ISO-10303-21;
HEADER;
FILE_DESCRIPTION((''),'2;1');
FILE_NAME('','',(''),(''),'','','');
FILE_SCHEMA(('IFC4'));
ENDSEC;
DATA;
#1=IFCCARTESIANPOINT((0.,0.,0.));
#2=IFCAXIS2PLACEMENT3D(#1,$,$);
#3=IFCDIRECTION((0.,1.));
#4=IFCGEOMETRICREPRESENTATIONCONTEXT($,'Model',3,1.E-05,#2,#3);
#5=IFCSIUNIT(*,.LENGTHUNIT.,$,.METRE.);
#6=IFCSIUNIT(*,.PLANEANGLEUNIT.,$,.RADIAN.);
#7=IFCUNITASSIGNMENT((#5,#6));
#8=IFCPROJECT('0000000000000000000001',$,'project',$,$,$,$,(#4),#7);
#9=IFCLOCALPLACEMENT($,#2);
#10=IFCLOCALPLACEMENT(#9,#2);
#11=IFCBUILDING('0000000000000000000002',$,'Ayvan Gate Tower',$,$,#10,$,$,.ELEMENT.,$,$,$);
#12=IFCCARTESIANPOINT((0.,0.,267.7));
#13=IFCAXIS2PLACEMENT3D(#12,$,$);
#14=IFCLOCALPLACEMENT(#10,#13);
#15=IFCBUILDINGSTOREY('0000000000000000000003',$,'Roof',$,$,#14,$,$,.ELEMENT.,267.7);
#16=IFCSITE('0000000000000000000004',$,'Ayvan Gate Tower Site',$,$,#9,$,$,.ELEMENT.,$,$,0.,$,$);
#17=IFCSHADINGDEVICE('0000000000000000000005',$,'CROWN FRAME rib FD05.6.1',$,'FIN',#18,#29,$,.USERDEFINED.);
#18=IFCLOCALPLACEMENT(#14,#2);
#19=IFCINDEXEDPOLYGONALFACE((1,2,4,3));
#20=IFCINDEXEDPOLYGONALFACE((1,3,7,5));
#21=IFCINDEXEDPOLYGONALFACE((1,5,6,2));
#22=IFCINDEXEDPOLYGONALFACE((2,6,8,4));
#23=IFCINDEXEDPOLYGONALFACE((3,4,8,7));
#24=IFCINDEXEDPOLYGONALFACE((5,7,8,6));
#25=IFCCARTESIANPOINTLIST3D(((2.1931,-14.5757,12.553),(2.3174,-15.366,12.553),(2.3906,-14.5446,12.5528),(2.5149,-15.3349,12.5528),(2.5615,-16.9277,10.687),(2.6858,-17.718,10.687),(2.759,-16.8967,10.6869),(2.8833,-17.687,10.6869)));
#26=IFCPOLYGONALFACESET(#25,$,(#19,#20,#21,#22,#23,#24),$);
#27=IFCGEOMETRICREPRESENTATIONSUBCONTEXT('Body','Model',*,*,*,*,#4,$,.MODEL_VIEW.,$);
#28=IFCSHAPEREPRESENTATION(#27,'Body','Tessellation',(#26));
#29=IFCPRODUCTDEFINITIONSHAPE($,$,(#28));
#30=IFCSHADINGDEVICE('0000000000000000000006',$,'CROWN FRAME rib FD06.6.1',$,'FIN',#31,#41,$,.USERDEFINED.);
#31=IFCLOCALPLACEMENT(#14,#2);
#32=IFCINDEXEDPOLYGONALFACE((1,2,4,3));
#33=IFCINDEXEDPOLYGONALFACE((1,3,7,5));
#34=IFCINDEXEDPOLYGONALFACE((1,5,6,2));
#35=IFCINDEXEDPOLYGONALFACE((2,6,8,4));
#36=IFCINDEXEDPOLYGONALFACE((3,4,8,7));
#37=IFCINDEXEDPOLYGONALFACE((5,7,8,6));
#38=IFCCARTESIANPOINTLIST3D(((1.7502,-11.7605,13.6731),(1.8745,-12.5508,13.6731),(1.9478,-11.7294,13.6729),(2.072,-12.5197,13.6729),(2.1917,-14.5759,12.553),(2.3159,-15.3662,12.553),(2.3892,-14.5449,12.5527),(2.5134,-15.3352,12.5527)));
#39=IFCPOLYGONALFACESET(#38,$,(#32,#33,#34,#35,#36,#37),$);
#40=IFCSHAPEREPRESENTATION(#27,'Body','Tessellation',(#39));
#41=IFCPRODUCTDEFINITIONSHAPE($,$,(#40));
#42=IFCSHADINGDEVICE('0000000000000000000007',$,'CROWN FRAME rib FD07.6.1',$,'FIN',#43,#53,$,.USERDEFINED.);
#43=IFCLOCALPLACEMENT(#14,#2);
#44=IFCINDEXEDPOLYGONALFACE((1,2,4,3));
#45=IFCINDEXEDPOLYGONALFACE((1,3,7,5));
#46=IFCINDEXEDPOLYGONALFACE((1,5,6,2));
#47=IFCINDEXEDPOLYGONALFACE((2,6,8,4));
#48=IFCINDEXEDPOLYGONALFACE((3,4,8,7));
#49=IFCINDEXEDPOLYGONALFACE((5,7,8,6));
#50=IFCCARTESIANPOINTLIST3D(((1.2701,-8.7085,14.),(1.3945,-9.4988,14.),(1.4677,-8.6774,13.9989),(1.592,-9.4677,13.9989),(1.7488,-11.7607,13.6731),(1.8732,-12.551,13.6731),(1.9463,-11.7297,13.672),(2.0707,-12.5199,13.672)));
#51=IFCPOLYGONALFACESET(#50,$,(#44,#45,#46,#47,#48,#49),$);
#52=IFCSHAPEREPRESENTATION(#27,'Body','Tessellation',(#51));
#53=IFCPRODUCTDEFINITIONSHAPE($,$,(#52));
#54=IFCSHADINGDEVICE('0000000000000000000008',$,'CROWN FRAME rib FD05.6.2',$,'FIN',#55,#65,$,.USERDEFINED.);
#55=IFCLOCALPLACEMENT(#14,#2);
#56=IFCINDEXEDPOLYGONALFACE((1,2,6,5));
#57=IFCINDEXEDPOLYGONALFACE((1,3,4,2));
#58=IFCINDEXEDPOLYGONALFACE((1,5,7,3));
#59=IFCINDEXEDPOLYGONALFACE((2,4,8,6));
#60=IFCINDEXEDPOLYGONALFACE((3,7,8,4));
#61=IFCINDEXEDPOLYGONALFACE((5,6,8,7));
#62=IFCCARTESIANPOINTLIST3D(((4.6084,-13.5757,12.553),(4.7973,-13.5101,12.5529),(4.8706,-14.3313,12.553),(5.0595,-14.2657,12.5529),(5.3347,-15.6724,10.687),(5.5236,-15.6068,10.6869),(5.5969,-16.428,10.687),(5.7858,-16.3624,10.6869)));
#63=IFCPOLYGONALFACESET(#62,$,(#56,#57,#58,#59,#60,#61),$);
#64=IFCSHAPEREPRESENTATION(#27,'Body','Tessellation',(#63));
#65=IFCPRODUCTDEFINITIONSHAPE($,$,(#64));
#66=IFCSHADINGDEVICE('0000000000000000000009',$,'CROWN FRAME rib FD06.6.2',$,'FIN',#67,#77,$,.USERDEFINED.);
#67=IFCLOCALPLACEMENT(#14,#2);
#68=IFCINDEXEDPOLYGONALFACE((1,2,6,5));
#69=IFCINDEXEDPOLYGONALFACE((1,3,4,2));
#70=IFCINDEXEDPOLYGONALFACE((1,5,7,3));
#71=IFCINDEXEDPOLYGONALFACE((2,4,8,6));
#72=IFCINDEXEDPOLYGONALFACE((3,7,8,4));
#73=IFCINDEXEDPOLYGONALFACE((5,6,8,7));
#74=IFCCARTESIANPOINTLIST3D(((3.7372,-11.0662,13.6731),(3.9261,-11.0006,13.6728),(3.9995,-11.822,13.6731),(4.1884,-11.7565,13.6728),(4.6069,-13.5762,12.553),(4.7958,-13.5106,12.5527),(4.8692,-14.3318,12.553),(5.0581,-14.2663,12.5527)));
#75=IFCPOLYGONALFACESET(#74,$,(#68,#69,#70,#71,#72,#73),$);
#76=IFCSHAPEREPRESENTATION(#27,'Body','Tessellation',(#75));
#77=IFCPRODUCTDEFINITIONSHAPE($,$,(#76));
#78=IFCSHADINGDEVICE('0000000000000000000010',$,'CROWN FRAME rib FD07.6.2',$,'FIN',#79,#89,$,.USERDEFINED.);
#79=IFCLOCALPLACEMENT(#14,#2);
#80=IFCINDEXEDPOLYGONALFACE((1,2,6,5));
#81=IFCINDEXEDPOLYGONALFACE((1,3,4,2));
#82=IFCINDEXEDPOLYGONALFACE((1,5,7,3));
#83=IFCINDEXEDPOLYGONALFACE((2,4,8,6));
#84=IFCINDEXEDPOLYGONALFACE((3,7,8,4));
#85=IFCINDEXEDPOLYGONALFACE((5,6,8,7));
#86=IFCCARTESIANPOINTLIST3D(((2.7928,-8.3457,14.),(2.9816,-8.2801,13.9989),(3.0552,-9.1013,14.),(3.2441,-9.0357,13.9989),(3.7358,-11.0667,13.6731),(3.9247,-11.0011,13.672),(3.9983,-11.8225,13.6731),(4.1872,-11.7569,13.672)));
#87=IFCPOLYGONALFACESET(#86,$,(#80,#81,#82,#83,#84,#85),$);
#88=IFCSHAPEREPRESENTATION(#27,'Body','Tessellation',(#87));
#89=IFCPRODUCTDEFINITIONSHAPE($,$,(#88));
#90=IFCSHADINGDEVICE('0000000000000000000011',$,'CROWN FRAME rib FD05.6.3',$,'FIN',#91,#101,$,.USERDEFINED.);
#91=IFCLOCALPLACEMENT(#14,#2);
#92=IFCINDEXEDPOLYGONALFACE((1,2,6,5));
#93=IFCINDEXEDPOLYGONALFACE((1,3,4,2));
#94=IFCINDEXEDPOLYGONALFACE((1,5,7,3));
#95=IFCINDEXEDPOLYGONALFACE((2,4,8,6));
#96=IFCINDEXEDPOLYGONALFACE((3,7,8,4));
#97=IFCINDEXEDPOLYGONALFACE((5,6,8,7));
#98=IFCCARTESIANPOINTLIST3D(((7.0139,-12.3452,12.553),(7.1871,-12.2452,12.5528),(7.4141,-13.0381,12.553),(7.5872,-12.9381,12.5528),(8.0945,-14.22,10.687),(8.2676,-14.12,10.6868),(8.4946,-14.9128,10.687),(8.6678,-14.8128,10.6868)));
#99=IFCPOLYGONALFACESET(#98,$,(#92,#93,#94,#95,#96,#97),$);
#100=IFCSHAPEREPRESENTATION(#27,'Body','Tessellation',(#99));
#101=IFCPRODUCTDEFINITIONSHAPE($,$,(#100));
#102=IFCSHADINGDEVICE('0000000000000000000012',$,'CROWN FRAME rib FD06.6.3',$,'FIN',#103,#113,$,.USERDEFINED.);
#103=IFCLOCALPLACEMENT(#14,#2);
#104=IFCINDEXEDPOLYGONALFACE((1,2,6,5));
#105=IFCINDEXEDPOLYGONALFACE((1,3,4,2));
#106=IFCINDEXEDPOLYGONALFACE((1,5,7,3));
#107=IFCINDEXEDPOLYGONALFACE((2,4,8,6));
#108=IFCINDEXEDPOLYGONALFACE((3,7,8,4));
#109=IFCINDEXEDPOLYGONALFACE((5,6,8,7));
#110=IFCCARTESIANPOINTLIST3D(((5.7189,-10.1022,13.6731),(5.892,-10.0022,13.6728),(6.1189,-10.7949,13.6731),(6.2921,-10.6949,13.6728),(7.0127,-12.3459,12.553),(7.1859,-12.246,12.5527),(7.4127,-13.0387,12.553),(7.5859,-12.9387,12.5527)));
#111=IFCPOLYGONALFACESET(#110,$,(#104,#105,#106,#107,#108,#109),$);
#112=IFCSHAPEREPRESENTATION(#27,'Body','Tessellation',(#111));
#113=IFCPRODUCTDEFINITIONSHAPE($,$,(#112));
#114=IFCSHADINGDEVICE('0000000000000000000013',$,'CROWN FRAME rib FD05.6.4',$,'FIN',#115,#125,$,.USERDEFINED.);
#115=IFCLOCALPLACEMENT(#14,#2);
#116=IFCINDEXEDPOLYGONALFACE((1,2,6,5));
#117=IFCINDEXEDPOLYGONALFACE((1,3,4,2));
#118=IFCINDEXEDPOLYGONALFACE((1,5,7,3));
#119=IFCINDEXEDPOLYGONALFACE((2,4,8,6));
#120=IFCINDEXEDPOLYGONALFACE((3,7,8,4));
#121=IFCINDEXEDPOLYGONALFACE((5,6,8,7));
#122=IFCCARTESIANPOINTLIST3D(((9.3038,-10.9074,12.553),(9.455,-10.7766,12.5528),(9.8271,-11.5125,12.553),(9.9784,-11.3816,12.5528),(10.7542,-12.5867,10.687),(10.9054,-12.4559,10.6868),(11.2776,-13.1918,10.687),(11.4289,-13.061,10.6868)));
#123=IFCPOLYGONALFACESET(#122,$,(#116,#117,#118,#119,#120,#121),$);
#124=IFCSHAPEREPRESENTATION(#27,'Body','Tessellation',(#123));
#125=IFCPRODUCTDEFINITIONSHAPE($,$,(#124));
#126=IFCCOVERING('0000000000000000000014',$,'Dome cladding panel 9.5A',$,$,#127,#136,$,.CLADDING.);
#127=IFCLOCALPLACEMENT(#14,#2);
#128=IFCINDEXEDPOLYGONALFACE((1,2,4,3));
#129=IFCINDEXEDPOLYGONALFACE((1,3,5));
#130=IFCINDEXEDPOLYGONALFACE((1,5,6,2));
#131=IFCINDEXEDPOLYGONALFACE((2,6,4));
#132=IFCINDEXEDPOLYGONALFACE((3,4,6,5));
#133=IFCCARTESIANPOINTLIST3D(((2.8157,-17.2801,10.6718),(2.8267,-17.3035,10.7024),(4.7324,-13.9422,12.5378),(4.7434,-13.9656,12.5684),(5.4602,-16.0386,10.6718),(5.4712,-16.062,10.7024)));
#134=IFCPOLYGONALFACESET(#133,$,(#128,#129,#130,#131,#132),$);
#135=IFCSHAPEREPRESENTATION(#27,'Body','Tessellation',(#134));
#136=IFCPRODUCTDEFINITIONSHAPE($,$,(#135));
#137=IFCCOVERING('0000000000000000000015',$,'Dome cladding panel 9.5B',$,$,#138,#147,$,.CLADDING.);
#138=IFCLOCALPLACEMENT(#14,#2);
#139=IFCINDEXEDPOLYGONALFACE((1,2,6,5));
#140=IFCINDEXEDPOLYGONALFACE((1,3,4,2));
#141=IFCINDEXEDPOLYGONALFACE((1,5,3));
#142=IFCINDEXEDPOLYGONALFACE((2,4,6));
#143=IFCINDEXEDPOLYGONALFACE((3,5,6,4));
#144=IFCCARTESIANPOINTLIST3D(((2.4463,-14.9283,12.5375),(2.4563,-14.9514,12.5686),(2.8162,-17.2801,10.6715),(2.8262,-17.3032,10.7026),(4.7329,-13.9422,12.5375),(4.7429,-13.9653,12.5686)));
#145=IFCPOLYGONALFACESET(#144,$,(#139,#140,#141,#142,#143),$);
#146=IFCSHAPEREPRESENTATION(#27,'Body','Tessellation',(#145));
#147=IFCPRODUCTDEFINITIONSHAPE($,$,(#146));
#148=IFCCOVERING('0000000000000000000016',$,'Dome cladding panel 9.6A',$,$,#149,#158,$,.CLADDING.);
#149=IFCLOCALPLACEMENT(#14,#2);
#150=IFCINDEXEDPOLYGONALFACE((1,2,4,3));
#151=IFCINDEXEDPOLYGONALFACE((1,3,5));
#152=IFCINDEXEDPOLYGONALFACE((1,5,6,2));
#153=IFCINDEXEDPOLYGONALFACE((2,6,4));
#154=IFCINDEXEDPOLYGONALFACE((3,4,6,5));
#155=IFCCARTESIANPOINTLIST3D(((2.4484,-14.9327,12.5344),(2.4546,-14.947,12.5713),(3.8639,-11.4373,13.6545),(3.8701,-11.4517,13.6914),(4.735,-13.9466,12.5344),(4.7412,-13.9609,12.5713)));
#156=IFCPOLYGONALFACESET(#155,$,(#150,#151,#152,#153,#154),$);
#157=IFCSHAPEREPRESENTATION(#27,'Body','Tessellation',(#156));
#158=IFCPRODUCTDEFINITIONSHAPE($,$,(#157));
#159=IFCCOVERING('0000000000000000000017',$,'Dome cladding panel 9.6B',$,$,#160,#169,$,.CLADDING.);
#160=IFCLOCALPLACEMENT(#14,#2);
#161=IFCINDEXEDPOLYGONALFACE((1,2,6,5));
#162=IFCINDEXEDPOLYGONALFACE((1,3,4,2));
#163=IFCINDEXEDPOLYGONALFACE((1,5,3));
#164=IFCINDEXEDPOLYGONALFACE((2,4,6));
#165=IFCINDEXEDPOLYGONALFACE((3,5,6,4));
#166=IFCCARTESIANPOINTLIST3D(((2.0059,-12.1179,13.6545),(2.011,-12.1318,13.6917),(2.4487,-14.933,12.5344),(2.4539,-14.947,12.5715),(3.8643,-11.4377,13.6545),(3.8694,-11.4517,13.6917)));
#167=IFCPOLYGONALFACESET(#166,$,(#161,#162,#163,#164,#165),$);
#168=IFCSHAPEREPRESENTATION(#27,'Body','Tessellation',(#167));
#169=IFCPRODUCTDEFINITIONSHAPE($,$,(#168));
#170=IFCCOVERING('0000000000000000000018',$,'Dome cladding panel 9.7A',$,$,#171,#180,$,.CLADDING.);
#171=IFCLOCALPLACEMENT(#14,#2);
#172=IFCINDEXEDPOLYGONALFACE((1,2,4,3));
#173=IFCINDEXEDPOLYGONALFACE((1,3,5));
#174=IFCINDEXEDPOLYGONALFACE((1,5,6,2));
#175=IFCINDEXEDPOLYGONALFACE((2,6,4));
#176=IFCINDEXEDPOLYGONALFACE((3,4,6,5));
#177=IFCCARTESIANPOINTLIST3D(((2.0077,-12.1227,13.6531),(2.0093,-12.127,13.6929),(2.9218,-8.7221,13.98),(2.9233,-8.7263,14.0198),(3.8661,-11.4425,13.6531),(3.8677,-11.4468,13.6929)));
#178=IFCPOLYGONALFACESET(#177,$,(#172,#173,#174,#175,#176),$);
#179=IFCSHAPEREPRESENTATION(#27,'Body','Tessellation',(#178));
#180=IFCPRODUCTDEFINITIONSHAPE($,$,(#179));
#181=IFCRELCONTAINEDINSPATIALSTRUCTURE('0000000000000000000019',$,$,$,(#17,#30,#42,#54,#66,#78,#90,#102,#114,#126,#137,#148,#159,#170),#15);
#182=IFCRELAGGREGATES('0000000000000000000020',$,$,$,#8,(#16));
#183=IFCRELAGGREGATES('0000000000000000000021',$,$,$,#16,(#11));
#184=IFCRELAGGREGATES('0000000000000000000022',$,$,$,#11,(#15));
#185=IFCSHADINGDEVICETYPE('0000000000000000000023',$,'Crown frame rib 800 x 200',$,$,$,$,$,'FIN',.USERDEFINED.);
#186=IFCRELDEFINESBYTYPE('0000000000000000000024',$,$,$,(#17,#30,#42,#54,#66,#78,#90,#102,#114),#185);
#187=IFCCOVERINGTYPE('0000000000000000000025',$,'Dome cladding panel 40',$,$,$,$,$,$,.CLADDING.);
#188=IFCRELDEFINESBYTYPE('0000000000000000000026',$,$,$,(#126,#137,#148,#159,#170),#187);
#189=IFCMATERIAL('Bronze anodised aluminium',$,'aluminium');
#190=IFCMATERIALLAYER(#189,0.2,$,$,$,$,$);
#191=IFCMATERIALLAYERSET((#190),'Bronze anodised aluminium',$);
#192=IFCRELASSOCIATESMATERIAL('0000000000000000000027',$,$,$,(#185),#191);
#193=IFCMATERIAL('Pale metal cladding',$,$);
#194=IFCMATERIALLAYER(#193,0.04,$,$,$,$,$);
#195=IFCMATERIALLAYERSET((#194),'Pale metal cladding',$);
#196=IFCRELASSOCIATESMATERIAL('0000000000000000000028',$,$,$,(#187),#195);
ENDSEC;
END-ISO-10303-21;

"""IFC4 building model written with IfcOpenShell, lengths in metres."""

from ifc_helpers import new_model, si_unit, direction, frame, origin, place, context, subcontext, project, spatial, polyline, outline, extrude, material, layer, layer_set, type_object, element, save


model = new_model("IFC4")

# Units and contexts
model_context = context("Model", 3, precision=1e-05, world=origin(), true_north=direction((0.0, 1.0)))
body_context = subcontext(model_context, "Body", "Model", "MODEL_VIEW")
ifc_project = project(units=[si_unit("LENGTHUNIT", "METRE"), si_unit("PLANEANGLEUNIT", "RADIAN")], contexts=[model_context])

# Site, building, storey
site_placement = place(None, origin())
site = spatial("IfcSite", under=ifc_project, at=site_placement, Name="Ayvan Gate Tower Site", CompositionType="ELEMENT", RefElevation=0.0)
building_placement = place(site_placement, origin())
building = spatial("IfcBuilding", under=site, at=building_placement, Name="Ayvan Gate Tower", CompositionType="ELEMENT")
storey_placement = place(building_placement, frame((0.0, 0.0, 267.7)))
storey = spatial("IfcBuildingStorey", under=building, at=storey_placement, Name="Roof", CompositionType="ELEMENT", Elevation=267.7)

# Shading devices
ifc_material_1 = material(Name="Bronze anodised aluminium", Category="aluminium")
ifc_layer_1 = layer(ifc_material_1, 0.2)
ifc_layer_set_1 = layer_set([ifc_layer_1], Name="Bronze anodised aluminium")
shading_device_type = type_object("IfcShadingDeviceType", Name="Crown frame rib 800 x 200", ElementType="FIN", PredefinedType="USERDEFINED", material=ifc_layer_set_1)
shading_device_1_placement = place(storey_placement, frame((2.5615, -16.9277, 10.687), z_axis=(-0.987861, -0.155336, 0.000762), x_axis=(0.155336, -0.987862, 0.0)))
element("IfcShadingDevice", 1, at=shading_device_1_placement, inside=storey, type_object=shading_device_type, Name="CROWN FRAME rib FD05.6.1", ObjectType="FIN", PredefinedType="USERDEFINED", context=body_context, shape_type="SweptSolid", body=[
    extrude(outline(polyline([(0.0, 0.0), (0.8, 0.0), (-1.5807, 1.866), (-2.3807, 1.866), (0.0, 0.0)])), origin(), (0.0, 0.0, -1.0), 0.2),
])
shading_device_2_placement = place(storey_placement, frame((2.1917, -14.5759, 12.553), z_axis=(-0.987861, -0.155336, 0.00115), x_axis=(0.155336, -0.987862, 0.0)))
element("IfcShadingDevice", 2, at=shading_device_2_placement, inside=storey, type_object=shading_device_type, Name="CROWN FRAME rib FD06.6.1", ObjectType="FIN", PredefinedType="USERDEFINED", context=body_context, shape_type="SweptSolid", body=[
    extrude(outline(polyline([(0.0, 0.0), (0.8, 0.0), (-2.0498, 1.1201), (-2.8498, 1.1201), (0.0, 0.0)])), origin(), (0.0, 0.0, -1.0), 0.2),
])
shading_device_3_placement = place(storey_placement, frame((1.7488, -11.7607, 13.6731), z_axis=(-0.987824, -0.155482, 0.005386), x_axis=(0.155485, -0.987838, -0.000001)))
element("IfcShadingDevice", 3, at=shading_device_3_placement, inside=storey, type_object=shading_device_type, Name="CROWN FRAME rib FD07.6.1", ObjectType="FIN", PredefinedType="USERDEFINED", context=body_context, shape_type="SweptSolid", body=[
    extrude(outline(polyline([(0.0, 0.0), (0.8, 0.0), (-2.2895, 0.3269), (-3.0896, 0.3269), (0.0, 0.0)])), origin(), (0.0, 0.0, -1.0), 0.2),
])
shading_device_4_placement = place(storey_placement, frame((5.3347, -15.6724, 10.687), z_axis=(-0.944735, -0.327834, 0.000634), x_axis=(0.327834, -0.944735, 0.0)))
element("IfcShadingDevice", 4, at=shading_device_4_placement, inside=storey, type_object=shading_device_type, Name="CROWN FRAME rib FD05.6.2", ObjectType="FIN", PredefinedType="USERDEFINED", context=body_context, shape_type="SweptSolid", body=[
    extrude(outline(polyline([(0.0, 0.0), (0.7998, 0.0), (-1.4191, 1.866), (-2.2189, 1.866), (0.0, 0.0)])), origin(), (0.0, 0.0, -1.0), 0.2),
])
shading_device_5_placement = place(storey_placement, frame((4.6069, -13.5762, 12.553), z_axis=(-0.944704, -0.327923, 0.001242), x_axis=(0.327923, -0.944705, 0.0)))
element("IfcShadingDevice", 5, at=shading_device_5_placement, inside=storey, type_object=shading_device_type, Name="CROWN FRAME rib FD06.6.2", ObjectType="FIN", PredefinedType="USERDEFINED", context=body_context, shape_type="SweptSolid", body=[
    extrude(outline(polyline([(0.0, 0.0), (0.7999, 0.0), (-1.8563, 1.1201), (-2.6564, 1.1201), (0.0, 0.0)])), origin(), (0.0, 0.0, -1.0), 0.2),
])
shading_device_6_placement = place(storey_placement, frame((3.7358, -11.0667, 13.6731), z_axis=(-0.944644, -0.328054, 0.005355), x_axis=(0.328059, -0.944657, 0.0)))
element("IfcShadingDevice", 6, at=shading_device_6_placement, inside=storey, type_object=shading_device_type, Name="CROWN FRAME rib FD07.6.2", ObjectType="FIN", PredefinedType="USERDEFINED", context=body_context, shape_type="SweptSolid", body=[
    extrude(outline(polyline([(0.0, 0.0), (0.8001, 0.0), (-2.0799, 0.3269), (-2.8798, 0.3269), (0.0, 0.0)])), origin(), (0.0, 0.0, -1.0), 0.2),
])
shading_device_7_placement = place(storey_placement, frame((8.0945, -14.22, 10.687), z_axis=(-0.865962, -0.50011, 0.000994), x_axis=(0.50011, -0.865962, 0.0)))
element("IfcShadingDevice", 7, at=shading_device_7_placement, inside=storey, type_object=shading_device_type, Name="CROWN FRAME rib FD05.6.3", ObjectType="FIN", PredefinedType="USERDEFINED", context=body_context, shape_type="SweptSolid", body=[
    extrude(outline(polyline([(0.0, 0.0), (0.8001, 0.0), (-1.3638, 1.866), (-2.1639, 1.866), (0.0, 0.0)])), origin(), (0.0, 0.0, -1.0), 0.2),
])
shading_device_8_placement = place(storey_placement, frame((7.0127, -12.3459, 12.553), z_axis=(-0.865989, -0.500061, 0.001417), x_axis=(0.500061, -0.86599, 0.0)))
element("IfcShadingDevice", 8, at=shading_device_8_placement, inside=storey, type_object=shading_device_type, Name="CROWN FRAME rib FD06.6.3", ObjectType="FIN", PredefinedType="USERDEFINED", context=body_context, shape_type="SweptSolid", body=[
    extrude(outline(polyline([(0.0, 0.0), (0.8, 0.0), (-1.7901, 1.1201), (-2.59, 1.1201), (0.0, 0.0)])), origin(), (0.0, 0.0, -1.0), 0.2),
])
shading_device_9_placement = place(storey_placement, frame((10.7542, -12.5867, 10.687), z_axis=(-0.756298, -0.654227, 0.000908), x_axis=(0.654227, -0.756298, 0.0)))
element("IfcShadingDevice", 9, at=shading_device_9_placement, inside=storey, type_object=shading_device_type, Name="CROWN FRAME rib FD05.6.4", ObjectType="FIN", PredefinedType="USERDEFINED", context=body_context, shape_type="SweptSolid", body=[
    extrude(outline(polyline([(0.0, 0.0), (0.8002, 0.0), (-1.4189, 1.866), (-2.2189, 1.866), (0.0, 0.0)])), origin(), (0.0, 0.0, -1.0), 0.2),
])

# Coverings
ifc_material_2 = material(Name="Pale metal cladding")
ifc_layer_2 = layer(ifc_material_2, 0.04)
ifc_layer_set_2 = layer_set([ifc_layer_2], Name="Pale metal cladding")
covering_type = type_object("IfcCoveringType", Name="Dome cladding panel 40", PredefinedType="CLADDING", material=ifc_layer_set_2)
covering_1_placement = place(storey_placement, frame((2.8267, -17.3035, 10.7024), z_axis=(0.274363, -0.584445, 0.763641), x_axis=(0.905218, 0.424948, 0.0)))
element("IfcCovering", 10, at=covering_1_placement, inside=storey, type_object=covering_type, Name="Dome cladding panel 9.5A", PredefinedType="CLADDING", context=body_context, shape_type="SweptSolid", body=[
    extrude(outline(polyline([(0.0, 0.0), (2.9214, 0.0), (3.1535, 2.8901), (0.0, 0.0)])), origin(), (0.0, 0.0, -1.0), 0.04),
])
covering_2_placement = place(storey_placement, frame((2.8262, -17.3032, 10.7026), z_axis=(0.24909, -0.577612, 0.777379), x_axis=(0.448097, 0.780331, 0.436225)))
element("IfcCovering", 11, at=covering_2_placement, inside=storey, type_object=covering_type, Name="Dome cladding panel 9.5B", PredefinedType="CLADDING", context=body_context, shape_type="SweptSolid", body=[
    extrude(outline(polyline([(0.0, 0.0), (4.2775, 0.0), (2.4834, 1.7269), (0.0, 0.0)])), origin(), (0.0, 0.0, -1.0), 0.04),
])
covering_3_placement = place(storey_placement, frame((2.4546, -14.947, 12.5713), z_axis=(0.154217, -0.357611, 0.921049), x_axis=(0.918255, 0.395989, 0.0)))
element("IfcCovering", 12, at=covering_3_placement, inside=storey, type_object=covering_type, Name="Dome cladding panel 9.6A", PredefinedType="CLADDING", context=body_context, shape_type="SweptSolid", body=[
    extrude(outline(polyline([(0.0, 0.0), (2.4902, 0.0), (2.6839, 2.8762), (0.0, 0.0)])), origin(), (0.0, 0.0, -1.0), 0.04),
])
covering_4_placement = place(storey_placement, frame((2.4539, -14.947, 12.5715), z_axis=(0.127821, -0.349238, 0.928275), x_axis=(0.359824, 0.888513, 0.284731)))
element("IfcCovering", 13, at=covering_4_placement, inside=storey, type_object=covering_type, Name="Dome cladding panel 9.6B", PredefinedType="CLADDING", context=body_context, shape_type="SweptSolid", body=[
    extrude(outline(polyline([(0.0, 0.0), (3.9339, 0.0), (2.6609, 1.5151), (0.0, 0.0)])), origin(), (0.0, 0.0, -1.0), 0.04),
])
covering_5_placement = place(storey_placement, frame((2.0093, -12.127, 13.6929), z_axis=(0.038774, -0.105939, 0.993616), x_axis=(0.939078, 0.343704, 0.0)))
element("IfcCovering", 14, at=covering_5_placement, inside=storey, type_object=covering_type, Name="Dome cladding panel 9.7A", PredefinedType="CLADDING", context=body_context, shape_type="SweptSolid", body=[
    extrude(outline(polyline([(0.0, 0.0), (1.979, 0.0), (2.0272, 2.8978), (0.0, 0.0)])), origin(), (0.0, 0.0, -1.0), 0.04),
])

save(model, "model.ifc")
